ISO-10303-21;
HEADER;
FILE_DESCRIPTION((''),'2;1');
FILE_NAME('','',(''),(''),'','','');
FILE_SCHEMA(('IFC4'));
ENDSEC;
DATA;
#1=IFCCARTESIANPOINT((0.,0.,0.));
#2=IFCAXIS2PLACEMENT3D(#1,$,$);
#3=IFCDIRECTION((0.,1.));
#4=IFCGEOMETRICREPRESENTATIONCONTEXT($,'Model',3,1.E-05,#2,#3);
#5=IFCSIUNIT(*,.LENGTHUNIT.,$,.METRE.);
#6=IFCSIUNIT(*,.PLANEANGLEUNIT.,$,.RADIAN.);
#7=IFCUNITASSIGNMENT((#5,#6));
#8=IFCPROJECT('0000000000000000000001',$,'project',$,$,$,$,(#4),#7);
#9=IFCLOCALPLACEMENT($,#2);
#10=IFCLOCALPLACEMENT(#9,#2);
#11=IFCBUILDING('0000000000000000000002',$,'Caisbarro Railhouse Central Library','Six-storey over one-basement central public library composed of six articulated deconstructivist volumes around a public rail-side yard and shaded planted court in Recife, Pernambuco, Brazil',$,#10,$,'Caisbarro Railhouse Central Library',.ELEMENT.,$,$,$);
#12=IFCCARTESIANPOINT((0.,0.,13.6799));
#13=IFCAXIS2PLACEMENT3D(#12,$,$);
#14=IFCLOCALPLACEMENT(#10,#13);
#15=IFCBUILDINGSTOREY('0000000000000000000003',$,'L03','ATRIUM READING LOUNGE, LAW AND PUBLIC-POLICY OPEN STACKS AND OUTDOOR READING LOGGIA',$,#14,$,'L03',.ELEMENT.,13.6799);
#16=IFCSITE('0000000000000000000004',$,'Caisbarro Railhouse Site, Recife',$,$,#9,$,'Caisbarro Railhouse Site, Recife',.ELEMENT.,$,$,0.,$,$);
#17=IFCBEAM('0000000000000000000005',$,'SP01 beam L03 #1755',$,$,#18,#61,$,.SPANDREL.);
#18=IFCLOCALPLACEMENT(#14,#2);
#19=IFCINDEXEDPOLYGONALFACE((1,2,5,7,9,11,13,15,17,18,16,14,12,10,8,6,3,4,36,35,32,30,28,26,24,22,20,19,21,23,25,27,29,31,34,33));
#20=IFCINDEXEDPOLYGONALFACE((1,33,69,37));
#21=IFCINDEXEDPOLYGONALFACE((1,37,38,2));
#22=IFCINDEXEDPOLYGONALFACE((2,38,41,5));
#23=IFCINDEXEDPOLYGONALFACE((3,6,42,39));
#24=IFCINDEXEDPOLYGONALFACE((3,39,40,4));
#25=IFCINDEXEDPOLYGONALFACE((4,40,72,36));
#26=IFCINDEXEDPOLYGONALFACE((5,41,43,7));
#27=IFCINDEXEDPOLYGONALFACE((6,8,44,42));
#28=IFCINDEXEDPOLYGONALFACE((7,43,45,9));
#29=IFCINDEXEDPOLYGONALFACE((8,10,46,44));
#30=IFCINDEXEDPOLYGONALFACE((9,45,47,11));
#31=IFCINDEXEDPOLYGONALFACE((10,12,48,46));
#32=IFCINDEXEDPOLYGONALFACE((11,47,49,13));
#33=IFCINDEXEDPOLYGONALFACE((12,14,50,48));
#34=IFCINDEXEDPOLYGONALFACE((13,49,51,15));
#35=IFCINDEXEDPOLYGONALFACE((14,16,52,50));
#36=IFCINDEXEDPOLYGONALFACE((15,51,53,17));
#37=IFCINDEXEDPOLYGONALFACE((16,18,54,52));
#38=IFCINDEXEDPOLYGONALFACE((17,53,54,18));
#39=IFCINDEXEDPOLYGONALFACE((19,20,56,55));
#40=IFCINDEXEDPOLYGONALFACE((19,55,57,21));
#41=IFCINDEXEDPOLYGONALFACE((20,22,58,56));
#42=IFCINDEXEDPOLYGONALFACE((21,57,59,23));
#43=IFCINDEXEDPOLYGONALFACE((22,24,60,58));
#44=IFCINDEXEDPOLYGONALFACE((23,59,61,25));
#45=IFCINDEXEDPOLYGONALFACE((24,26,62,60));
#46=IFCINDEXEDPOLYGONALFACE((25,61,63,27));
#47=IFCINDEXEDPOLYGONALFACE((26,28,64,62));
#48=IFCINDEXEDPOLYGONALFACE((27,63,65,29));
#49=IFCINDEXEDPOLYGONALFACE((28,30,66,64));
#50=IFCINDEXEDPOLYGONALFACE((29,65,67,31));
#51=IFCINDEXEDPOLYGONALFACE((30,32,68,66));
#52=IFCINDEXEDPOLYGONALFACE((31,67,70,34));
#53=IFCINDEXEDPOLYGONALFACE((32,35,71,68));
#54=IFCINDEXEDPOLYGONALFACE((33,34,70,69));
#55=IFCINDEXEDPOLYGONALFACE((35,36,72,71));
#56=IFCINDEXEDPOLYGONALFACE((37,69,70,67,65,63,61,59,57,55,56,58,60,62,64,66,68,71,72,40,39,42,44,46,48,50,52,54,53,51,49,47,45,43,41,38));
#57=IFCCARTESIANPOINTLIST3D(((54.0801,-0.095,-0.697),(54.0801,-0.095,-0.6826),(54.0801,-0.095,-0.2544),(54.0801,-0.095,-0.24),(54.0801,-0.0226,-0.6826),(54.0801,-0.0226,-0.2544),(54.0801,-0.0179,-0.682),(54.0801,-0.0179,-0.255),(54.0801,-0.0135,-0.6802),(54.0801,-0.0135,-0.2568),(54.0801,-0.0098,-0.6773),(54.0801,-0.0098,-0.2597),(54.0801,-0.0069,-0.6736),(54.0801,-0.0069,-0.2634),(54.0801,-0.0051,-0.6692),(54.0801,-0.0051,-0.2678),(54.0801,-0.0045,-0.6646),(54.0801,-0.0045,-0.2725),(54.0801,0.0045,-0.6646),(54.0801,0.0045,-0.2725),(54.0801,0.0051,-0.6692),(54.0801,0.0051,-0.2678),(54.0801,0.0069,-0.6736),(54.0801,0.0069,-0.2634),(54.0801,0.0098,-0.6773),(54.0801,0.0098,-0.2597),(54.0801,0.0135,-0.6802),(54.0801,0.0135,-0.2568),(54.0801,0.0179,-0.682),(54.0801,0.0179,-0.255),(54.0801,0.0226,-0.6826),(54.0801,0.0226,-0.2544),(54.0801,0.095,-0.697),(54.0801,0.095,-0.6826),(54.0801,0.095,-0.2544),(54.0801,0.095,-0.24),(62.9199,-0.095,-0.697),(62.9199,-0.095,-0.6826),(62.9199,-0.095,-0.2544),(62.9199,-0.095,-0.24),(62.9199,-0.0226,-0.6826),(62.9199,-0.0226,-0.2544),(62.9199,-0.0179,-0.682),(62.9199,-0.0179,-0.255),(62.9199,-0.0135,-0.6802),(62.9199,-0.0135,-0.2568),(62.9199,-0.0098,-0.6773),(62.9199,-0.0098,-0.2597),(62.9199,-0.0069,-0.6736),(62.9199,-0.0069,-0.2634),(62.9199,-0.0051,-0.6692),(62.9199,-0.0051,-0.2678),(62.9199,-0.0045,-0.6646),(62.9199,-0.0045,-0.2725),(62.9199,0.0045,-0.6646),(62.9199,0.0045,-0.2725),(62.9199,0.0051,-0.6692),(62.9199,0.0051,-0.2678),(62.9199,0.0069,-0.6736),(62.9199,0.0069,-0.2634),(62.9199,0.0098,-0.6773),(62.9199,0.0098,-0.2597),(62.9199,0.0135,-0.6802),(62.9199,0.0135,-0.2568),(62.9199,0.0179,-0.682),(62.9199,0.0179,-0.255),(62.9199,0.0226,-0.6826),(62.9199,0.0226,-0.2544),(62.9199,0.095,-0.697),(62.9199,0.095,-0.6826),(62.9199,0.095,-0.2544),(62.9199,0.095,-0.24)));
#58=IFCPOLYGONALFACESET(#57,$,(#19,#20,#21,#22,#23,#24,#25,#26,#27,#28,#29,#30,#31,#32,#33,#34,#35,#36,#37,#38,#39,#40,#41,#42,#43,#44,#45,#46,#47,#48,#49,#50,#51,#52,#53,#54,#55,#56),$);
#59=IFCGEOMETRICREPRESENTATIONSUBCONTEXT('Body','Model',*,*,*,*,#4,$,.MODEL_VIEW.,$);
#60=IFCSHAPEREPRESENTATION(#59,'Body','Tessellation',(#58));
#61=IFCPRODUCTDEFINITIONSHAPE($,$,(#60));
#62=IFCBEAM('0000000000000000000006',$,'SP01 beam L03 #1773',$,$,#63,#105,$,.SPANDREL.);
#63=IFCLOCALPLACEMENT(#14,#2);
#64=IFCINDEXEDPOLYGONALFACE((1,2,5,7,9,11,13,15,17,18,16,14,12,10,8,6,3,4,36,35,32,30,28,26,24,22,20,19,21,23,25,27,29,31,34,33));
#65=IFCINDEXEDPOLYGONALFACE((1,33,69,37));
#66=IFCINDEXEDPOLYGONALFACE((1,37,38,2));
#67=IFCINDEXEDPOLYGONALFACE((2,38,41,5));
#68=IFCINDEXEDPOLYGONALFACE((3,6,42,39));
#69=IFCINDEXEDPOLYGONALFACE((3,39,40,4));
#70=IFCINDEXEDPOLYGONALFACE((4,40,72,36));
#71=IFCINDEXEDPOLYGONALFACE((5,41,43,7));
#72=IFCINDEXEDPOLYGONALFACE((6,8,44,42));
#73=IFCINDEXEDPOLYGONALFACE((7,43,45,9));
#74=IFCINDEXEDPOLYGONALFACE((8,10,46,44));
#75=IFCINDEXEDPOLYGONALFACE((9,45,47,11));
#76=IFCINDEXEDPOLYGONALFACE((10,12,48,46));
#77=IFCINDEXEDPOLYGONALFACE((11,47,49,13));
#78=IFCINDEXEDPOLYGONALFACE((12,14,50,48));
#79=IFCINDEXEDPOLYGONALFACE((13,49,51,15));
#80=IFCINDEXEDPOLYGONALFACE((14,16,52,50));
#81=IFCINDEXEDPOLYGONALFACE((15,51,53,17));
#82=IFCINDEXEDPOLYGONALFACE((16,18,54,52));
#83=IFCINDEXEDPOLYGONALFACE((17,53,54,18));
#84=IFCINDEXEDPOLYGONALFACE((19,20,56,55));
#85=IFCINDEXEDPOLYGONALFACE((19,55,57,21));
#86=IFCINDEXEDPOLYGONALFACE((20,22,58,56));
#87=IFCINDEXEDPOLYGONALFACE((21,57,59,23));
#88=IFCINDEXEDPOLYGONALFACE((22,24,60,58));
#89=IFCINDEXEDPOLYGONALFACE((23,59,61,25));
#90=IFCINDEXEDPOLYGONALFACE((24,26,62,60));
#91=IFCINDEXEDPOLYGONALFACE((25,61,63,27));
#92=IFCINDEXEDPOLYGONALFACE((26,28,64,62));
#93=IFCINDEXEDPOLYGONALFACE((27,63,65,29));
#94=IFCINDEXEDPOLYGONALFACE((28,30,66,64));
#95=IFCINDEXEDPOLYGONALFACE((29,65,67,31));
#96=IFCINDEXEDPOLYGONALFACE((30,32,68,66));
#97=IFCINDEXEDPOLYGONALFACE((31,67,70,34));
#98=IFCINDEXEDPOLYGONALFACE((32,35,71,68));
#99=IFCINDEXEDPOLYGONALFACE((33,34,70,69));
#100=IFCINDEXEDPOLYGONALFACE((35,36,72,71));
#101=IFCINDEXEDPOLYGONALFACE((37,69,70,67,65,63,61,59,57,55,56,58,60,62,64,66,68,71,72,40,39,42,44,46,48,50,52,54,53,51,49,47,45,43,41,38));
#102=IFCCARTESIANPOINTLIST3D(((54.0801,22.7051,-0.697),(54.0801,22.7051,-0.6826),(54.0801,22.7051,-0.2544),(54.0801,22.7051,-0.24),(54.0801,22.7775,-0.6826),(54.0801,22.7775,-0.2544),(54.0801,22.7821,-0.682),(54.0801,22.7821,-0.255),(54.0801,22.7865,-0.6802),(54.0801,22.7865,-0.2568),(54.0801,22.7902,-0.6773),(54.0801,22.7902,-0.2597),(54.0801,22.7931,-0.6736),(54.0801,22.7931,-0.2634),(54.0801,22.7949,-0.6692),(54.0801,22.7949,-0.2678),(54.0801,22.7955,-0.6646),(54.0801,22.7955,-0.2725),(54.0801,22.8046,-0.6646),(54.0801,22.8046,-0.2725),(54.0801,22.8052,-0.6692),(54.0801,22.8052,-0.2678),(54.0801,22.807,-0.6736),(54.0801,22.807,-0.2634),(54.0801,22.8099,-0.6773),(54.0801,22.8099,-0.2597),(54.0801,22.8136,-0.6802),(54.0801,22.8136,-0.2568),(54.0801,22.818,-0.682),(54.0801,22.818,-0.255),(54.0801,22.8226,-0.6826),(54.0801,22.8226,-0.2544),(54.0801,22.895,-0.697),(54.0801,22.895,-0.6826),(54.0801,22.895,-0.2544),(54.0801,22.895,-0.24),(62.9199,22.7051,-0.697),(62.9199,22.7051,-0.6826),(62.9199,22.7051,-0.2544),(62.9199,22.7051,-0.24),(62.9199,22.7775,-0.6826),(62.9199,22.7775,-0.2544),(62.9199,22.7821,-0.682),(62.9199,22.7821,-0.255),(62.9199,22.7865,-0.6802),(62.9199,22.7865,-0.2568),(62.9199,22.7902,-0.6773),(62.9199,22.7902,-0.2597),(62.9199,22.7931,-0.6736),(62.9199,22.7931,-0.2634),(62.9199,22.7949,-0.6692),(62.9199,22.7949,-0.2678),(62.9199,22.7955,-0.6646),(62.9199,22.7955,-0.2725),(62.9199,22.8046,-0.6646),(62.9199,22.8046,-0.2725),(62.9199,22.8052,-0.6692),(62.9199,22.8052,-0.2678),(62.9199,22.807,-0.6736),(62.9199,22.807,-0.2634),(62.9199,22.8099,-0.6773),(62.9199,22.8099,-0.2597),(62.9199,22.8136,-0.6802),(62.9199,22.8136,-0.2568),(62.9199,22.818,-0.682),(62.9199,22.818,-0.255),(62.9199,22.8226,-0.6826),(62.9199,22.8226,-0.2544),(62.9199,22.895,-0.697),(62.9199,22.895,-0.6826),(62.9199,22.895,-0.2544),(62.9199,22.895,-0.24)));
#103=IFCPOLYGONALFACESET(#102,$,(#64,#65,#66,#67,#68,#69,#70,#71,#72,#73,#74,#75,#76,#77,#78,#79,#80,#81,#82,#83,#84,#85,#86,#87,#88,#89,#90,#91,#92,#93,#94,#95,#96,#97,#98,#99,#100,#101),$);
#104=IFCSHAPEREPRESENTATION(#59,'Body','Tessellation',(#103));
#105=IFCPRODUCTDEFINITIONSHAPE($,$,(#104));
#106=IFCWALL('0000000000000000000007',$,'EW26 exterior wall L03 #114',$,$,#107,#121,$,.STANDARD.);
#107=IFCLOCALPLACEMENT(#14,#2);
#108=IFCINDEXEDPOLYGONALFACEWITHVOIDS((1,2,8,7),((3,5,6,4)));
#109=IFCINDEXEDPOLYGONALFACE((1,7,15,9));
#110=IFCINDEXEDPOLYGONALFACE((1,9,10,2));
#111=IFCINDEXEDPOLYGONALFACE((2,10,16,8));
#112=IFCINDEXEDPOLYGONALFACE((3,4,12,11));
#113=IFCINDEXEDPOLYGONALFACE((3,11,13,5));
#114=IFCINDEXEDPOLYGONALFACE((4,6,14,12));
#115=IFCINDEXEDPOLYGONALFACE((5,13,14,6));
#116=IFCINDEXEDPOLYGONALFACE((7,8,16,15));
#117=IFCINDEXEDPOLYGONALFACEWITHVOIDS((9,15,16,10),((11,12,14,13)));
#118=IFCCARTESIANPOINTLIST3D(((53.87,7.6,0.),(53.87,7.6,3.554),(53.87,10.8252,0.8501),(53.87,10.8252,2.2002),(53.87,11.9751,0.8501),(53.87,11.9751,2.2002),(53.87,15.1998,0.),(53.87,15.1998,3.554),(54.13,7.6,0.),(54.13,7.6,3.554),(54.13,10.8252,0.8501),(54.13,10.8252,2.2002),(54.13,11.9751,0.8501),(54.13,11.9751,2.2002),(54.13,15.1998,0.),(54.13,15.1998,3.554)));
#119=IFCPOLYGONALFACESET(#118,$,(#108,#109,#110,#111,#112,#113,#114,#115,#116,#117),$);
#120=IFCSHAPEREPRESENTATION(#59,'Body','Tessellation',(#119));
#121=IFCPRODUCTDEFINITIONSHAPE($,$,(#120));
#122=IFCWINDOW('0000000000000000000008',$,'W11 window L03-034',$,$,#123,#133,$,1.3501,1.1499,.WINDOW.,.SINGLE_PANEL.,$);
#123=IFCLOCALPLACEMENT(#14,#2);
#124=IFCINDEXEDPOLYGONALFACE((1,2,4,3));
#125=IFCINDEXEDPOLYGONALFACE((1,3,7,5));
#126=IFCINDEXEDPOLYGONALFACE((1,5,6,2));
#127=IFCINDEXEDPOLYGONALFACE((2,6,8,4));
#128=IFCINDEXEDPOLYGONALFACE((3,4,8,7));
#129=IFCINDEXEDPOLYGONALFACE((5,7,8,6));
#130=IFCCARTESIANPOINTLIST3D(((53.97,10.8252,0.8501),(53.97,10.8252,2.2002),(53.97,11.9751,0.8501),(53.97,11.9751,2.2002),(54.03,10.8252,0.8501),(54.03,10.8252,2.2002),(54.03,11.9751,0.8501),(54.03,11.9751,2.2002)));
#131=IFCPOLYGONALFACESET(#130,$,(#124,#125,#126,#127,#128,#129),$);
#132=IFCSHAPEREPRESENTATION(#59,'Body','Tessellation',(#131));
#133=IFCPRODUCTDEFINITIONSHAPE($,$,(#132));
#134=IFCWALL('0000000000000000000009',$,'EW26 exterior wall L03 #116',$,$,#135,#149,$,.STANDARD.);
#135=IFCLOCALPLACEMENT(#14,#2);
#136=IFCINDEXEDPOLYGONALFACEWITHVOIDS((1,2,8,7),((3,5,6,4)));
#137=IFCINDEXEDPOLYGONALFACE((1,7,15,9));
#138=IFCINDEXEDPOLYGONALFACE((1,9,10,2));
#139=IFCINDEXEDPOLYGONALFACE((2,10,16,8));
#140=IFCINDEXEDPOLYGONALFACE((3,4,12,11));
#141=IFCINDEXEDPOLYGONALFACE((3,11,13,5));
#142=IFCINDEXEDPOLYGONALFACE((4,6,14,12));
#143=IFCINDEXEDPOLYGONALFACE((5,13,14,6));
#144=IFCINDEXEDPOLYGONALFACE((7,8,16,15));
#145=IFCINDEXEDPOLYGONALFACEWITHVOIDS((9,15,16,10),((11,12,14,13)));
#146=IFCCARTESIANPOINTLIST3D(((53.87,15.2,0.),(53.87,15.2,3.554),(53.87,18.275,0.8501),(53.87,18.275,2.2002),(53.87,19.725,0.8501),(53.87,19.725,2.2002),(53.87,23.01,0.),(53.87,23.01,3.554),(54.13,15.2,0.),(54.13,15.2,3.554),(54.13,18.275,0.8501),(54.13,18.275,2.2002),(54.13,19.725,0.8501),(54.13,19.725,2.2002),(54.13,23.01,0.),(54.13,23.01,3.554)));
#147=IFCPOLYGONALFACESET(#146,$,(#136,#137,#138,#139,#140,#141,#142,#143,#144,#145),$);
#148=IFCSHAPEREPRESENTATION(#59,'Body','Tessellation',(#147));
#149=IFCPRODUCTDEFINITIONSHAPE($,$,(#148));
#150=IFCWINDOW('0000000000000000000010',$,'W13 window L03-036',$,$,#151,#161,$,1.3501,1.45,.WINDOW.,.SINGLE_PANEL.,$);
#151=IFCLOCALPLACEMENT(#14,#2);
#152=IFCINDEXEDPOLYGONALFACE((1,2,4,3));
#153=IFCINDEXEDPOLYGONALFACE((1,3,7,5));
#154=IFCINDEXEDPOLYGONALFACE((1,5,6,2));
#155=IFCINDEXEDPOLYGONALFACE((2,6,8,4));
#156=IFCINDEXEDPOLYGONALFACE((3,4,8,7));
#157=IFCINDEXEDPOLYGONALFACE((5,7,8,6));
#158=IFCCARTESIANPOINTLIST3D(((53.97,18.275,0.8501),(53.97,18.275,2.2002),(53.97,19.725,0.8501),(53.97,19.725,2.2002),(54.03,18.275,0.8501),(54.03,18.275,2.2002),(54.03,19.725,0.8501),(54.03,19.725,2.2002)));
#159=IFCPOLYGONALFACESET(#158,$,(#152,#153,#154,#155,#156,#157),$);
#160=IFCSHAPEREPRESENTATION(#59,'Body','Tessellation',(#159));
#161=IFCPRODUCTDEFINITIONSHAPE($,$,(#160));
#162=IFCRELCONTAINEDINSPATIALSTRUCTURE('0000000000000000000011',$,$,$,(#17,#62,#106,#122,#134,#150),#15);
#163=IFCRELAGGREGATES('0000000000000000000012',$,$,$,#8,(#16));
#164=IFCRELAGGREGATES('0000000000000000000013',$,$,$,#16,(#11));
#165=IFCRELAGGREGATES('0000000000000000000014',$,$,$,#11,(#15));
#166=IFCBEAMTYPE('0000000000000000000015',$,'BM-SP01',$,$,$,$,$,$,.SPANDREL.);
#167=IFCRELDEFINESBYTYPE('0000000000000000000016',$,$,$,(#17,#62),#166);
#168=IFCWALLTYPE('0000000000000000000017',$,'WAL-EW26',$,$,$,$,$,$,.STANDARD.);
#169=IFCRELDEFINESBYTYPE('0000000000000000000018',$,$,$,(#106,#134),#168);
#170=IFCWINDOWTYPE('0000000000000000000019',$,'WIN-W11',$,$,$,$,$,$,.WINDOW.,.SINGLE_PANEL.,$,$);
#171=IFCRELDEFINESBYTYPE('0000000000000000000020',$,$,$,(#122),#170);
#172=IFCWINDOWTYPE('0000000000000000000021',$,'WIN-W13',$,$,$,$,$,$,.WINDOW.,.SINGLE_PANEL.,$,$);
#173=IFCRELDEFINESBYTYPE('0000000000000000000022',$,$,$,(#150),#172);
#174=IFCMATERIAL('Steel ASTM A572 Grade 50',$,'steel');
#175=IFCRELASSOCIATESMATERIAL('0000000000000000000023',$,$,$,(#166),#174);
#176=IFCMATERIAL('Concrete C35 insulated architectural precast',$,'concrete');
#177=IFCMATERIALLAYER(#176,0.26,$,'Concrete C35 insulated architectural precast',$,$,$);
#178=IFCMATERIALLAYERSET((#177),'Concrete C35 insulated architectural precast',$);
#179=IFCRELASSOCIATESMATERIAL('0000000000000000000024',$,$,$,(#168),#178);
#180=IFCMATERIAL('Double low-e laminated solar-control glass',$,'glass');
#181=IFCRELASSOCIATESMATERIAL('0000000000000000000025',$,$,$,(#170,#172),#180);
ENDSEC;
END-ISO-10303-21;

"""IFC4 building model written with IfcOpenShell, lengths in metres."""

from ifc_helpers import new_model, si_unit, direction, frame, frame_2d, origin, origin_2d, place, context, subcontext, project, spatial, rectangle, i_section, extrude, material, layer, layer_set, material_profile, profile_set, type_object, element, fill, save


model = new_model("IFC4")

# Units and contexts
model_context = context("Model", 3, precision=1e-05, world=origin(), true_north=direction((0.0, 1.0)))
body_context = subcontext(model_context, "Body", "Model", "MODEL_VIEW")
ifc_project = project(units=[si_unit("LENGTHUNIT", "METRE"), si_unit("PLANEANGLEUNIT", "RADIAN")], contexts=[model_context])

# Site, building, storey
site_placement = place(None, origin())
site = spatial("IfcSite", under=ifc_project, at=site_placement, Name="Caisbarro Railhouse Site, Recife", LongName="Caisbarro Railhouse Site, Recife", CompositionType="ELEMENT", RefElevation=0.0)
building_placement = place(site_placement, origin())
building = spatial("IfcBuilding", under=site, at=building_placement, Name="Caisbarro Railhouse Central Library", Description="Six-storey over one-basement central public library composed of six articulated deconstructivist volumes around a public rail-side yard and shaded planted court in Recife, Pernambuco, Brazil", LongName="Caisbarro Railhouse Central Library", CompositionType="ELEMENT")
storey_placement = place(building_placement, frame((0.0, 0.0, 13.6799)))
storey = spatial("IfcBuildingStorey", under=building, at=storey_placement, Name="L03", Description="ATRIUM READING LOUNGE, LAW AND PUBLIC-POLICY OPEN STACKS AND OUTDOOR READING LOGGIA", LongName="L03", CompositionType="ELEMENT", Elevation=13.6799)

# Shared definitions
ifc_material_1 = material(Name="Steel ASTM A572 Grade 50", Category="steel")

# Beams
ifc_material_profile_1 = material_profile(ifc_material_1, i_section(OverallWidth=0.1899, OverallDepth=0.457, WebThickness=0.009, FlangeThickness=0.0144, FilletRadius=0.0181, at=origin_2d()), Name="W460X74.0")
ifc_profile_set_1 = profile_set([ifc_material_profile_1], Name="Steel ASTM A572 Grade 50")
beam_type_1 = type_object("IfcBeamType", Name="BM-SP01", PredefinedType="SPANDREL", material=ifc_profile_set_1)
for number, where, z_axis, x_axis, name in (
    (1, (54.0801, 0.0, -0.4685), (1.0, 0.0, 0.0), (0.0, 1.0, 0.0), "SP01 beam L03 #1755"),
    (2, (54.0801, 22.8, -0.4685), (1.0, 0.0, 0.0), (0.0, 1.0, 0.0), "SP01 beam L03 #1773"),
):
    element("IfcBeam", number, at=place(storey_placement, frame(where, z_axis=z_axis, x_axis=x_axis)), inside=storey, type_object=beam_type_1, Name=name, PredefinedType="SPANDREL", context=body_context, shape_type="SweptSolid", body=[
        extrude(i_section(OverallWidth=0.1899, OverallDepth=0.457, WebThickness=0.009, FlangeThickness=0.0144, FilletRadius=0.0181, at=origin_2d()), origin(), (0.0, 0.0, 1.0), 8.8398),
    ])

# Walls, openings, windows
ifc_material_2 = material(Name="Concrete C35 insulated architectural precast", Category="concrete")
ifc_layer = layer(ifc_material_2, 0.26, Name="Concrete C35 insulated architectural precast")
ifc_layer_set = layer_set([ifc_layer], Name="Concrete C35 insulated architectural precast")
wall_type = type_object("IfcWallType", Name="WAL-EW26", PredefinedType="STANDARD", material=ifc_layer_set)
wall_1_placement = place(storey_placement, frame((54.0, 7.6001, 0.0), z_axis=(0.0, 0.0, 1.0), x_axis=(0.0, 1.0, 0.0)))
wall_1 = element("IfcWall", 3, at=wall_1_placement, inside=storey, type_object=wall_type, Name="EW26 exterior wall L03 #114", PredefinedType="STANDARD", context=body_context, shape_type="SweptSolid", body=[
    extrude(rectangle(XDim=7.5999, YDim=0.26, at=frame_2d((3.7998, 0.0))), origin(), (0.0, 0.0, 1.0), 3.554),
])
opening_1_placement = place(wall_1_placement, frame((3.2251, 0.0, 0.8501)))
opening_1 = element("IfcOpeningElement", 4, at=opening_1_placement, cuts=wall_1, PredefinedType="OPENING", context=body_context, shape_type="SweptSolid", body=[
    extrude(rectangle(XDim=1.1499, YDim=1.3501, at=frame_2d((0.575, 0.675))), frame((0.0, 0.1401, 0.0), z_axis=(0.0, -1.0, 0.0), x_axis=(1.0, 0.0, 0.0)), (0.0, 0.0, 1.0), 0.28),
])
ifc_material_3 = material(Name="Double low-e laminated solar-control glass", Category="glass")
window_type_1 = type_object("IfcWindowType", Name="WIN-W11", PartitioningType="SINGLE_PANEL", PredefinedType="WINDOW", material=ifc_material_3)
window_1_placement = place(opening_1_placement, origin())
window_1 = element("IfcWindow", 5, at=window_1_placement, inside=storey, type_object=window_type_1, Name="W11 window L03-034", OverallHeight=1.3501, OverallWidth=1.1499, PartitioningType="SINGLE_PANEL", PredefinedType="WINDOW", context=body_context, shape_type="SweptSolid", body=[
    extrude(rectangle(XDim=1.1499, YDim=1.3501, at=frame_2d((0.575, 0.675))), frame((0.0, 0.03, 0.0), z_axis=(0.0, -1.0, 0.0), x_axis=(1.0, 0.0, 0.0)), (0.0, 0.0, 1.0), 0.0601),
])
fill(opening_1, window_1)
wall_2_placement = place(storey_placement, frame((54.0, 15.2, 0.0), z_axis=(0.0, 0.0, 1.0), x_axis=(0.0, 1.0, 0.0)))
wall_2 = element("IfcWall", 6, at=wall_2_placement, inside=storey, type_object=wall_type, Name="EW26 exterior wall L03 #116", PredefinedType="STANDARD", context=body_context, shape_type="SweptSolid", body=[
    extrude(rectangle(XDim=7.8101, YDim=0.26, at=frame_2d((3.905, 0.0))), origin(), (0.0, 0.0, 1.0), 3.554),
])
opening_2_placement = place(wall_2_placement, frame((3.075, 0.0, 0.8501)))
opening_2 = element("IfcOpeningElement", 7, at=opening_2_placement, cuts=wall_2, PredefinedType="OPENING", context=body_context, shape_type="SweptSolid", body=[
    extrude(rectangle(XDim=1.45, YDim=1.3501, at=frame_2d((0.7251, 0.675))), frame((0.0, 0.1401, 0.0), z_axis=(0.0, -1.0, 0.0), x_axis=(1.0, 0.0, 0.0)), (0.0, 0.0, 1.0), 0.28),
])
window_type_2 = type_object("IfcWindowType", Name="WIN-W13", PartitioningType="SINGLE_PANEL", PredefinedType="WINDOW", material=ifc_material_3)
window_2_placement = place(opening_2_placement, origin())
window_2 = element("IfcWindow", 8, at=window_2_placement, inside=storey, type_object=window_type_2, Name="W13 window L03-036", OverallHeight=1.3501, OverallWidth=1.45, PartitioningType="SINGLE_PANEL", PredefinedType="WINDOW", context=body_context, shape_type="SweptSolid", body=[
    extrude(rectangle(XDim=1.45, YDim=1.3501, at=frame_2d((0.7251, 0.675))), frame((0.0, 0.03, 0.0), z_axis=(0.0, -1.0, 0.0), x_axis=(1.0, 0.0, 0.0)), (0.0, 0.0, 1.0), 0.0601),
])
fill(opening_2, window_2)

save(model, "model.ifc")
